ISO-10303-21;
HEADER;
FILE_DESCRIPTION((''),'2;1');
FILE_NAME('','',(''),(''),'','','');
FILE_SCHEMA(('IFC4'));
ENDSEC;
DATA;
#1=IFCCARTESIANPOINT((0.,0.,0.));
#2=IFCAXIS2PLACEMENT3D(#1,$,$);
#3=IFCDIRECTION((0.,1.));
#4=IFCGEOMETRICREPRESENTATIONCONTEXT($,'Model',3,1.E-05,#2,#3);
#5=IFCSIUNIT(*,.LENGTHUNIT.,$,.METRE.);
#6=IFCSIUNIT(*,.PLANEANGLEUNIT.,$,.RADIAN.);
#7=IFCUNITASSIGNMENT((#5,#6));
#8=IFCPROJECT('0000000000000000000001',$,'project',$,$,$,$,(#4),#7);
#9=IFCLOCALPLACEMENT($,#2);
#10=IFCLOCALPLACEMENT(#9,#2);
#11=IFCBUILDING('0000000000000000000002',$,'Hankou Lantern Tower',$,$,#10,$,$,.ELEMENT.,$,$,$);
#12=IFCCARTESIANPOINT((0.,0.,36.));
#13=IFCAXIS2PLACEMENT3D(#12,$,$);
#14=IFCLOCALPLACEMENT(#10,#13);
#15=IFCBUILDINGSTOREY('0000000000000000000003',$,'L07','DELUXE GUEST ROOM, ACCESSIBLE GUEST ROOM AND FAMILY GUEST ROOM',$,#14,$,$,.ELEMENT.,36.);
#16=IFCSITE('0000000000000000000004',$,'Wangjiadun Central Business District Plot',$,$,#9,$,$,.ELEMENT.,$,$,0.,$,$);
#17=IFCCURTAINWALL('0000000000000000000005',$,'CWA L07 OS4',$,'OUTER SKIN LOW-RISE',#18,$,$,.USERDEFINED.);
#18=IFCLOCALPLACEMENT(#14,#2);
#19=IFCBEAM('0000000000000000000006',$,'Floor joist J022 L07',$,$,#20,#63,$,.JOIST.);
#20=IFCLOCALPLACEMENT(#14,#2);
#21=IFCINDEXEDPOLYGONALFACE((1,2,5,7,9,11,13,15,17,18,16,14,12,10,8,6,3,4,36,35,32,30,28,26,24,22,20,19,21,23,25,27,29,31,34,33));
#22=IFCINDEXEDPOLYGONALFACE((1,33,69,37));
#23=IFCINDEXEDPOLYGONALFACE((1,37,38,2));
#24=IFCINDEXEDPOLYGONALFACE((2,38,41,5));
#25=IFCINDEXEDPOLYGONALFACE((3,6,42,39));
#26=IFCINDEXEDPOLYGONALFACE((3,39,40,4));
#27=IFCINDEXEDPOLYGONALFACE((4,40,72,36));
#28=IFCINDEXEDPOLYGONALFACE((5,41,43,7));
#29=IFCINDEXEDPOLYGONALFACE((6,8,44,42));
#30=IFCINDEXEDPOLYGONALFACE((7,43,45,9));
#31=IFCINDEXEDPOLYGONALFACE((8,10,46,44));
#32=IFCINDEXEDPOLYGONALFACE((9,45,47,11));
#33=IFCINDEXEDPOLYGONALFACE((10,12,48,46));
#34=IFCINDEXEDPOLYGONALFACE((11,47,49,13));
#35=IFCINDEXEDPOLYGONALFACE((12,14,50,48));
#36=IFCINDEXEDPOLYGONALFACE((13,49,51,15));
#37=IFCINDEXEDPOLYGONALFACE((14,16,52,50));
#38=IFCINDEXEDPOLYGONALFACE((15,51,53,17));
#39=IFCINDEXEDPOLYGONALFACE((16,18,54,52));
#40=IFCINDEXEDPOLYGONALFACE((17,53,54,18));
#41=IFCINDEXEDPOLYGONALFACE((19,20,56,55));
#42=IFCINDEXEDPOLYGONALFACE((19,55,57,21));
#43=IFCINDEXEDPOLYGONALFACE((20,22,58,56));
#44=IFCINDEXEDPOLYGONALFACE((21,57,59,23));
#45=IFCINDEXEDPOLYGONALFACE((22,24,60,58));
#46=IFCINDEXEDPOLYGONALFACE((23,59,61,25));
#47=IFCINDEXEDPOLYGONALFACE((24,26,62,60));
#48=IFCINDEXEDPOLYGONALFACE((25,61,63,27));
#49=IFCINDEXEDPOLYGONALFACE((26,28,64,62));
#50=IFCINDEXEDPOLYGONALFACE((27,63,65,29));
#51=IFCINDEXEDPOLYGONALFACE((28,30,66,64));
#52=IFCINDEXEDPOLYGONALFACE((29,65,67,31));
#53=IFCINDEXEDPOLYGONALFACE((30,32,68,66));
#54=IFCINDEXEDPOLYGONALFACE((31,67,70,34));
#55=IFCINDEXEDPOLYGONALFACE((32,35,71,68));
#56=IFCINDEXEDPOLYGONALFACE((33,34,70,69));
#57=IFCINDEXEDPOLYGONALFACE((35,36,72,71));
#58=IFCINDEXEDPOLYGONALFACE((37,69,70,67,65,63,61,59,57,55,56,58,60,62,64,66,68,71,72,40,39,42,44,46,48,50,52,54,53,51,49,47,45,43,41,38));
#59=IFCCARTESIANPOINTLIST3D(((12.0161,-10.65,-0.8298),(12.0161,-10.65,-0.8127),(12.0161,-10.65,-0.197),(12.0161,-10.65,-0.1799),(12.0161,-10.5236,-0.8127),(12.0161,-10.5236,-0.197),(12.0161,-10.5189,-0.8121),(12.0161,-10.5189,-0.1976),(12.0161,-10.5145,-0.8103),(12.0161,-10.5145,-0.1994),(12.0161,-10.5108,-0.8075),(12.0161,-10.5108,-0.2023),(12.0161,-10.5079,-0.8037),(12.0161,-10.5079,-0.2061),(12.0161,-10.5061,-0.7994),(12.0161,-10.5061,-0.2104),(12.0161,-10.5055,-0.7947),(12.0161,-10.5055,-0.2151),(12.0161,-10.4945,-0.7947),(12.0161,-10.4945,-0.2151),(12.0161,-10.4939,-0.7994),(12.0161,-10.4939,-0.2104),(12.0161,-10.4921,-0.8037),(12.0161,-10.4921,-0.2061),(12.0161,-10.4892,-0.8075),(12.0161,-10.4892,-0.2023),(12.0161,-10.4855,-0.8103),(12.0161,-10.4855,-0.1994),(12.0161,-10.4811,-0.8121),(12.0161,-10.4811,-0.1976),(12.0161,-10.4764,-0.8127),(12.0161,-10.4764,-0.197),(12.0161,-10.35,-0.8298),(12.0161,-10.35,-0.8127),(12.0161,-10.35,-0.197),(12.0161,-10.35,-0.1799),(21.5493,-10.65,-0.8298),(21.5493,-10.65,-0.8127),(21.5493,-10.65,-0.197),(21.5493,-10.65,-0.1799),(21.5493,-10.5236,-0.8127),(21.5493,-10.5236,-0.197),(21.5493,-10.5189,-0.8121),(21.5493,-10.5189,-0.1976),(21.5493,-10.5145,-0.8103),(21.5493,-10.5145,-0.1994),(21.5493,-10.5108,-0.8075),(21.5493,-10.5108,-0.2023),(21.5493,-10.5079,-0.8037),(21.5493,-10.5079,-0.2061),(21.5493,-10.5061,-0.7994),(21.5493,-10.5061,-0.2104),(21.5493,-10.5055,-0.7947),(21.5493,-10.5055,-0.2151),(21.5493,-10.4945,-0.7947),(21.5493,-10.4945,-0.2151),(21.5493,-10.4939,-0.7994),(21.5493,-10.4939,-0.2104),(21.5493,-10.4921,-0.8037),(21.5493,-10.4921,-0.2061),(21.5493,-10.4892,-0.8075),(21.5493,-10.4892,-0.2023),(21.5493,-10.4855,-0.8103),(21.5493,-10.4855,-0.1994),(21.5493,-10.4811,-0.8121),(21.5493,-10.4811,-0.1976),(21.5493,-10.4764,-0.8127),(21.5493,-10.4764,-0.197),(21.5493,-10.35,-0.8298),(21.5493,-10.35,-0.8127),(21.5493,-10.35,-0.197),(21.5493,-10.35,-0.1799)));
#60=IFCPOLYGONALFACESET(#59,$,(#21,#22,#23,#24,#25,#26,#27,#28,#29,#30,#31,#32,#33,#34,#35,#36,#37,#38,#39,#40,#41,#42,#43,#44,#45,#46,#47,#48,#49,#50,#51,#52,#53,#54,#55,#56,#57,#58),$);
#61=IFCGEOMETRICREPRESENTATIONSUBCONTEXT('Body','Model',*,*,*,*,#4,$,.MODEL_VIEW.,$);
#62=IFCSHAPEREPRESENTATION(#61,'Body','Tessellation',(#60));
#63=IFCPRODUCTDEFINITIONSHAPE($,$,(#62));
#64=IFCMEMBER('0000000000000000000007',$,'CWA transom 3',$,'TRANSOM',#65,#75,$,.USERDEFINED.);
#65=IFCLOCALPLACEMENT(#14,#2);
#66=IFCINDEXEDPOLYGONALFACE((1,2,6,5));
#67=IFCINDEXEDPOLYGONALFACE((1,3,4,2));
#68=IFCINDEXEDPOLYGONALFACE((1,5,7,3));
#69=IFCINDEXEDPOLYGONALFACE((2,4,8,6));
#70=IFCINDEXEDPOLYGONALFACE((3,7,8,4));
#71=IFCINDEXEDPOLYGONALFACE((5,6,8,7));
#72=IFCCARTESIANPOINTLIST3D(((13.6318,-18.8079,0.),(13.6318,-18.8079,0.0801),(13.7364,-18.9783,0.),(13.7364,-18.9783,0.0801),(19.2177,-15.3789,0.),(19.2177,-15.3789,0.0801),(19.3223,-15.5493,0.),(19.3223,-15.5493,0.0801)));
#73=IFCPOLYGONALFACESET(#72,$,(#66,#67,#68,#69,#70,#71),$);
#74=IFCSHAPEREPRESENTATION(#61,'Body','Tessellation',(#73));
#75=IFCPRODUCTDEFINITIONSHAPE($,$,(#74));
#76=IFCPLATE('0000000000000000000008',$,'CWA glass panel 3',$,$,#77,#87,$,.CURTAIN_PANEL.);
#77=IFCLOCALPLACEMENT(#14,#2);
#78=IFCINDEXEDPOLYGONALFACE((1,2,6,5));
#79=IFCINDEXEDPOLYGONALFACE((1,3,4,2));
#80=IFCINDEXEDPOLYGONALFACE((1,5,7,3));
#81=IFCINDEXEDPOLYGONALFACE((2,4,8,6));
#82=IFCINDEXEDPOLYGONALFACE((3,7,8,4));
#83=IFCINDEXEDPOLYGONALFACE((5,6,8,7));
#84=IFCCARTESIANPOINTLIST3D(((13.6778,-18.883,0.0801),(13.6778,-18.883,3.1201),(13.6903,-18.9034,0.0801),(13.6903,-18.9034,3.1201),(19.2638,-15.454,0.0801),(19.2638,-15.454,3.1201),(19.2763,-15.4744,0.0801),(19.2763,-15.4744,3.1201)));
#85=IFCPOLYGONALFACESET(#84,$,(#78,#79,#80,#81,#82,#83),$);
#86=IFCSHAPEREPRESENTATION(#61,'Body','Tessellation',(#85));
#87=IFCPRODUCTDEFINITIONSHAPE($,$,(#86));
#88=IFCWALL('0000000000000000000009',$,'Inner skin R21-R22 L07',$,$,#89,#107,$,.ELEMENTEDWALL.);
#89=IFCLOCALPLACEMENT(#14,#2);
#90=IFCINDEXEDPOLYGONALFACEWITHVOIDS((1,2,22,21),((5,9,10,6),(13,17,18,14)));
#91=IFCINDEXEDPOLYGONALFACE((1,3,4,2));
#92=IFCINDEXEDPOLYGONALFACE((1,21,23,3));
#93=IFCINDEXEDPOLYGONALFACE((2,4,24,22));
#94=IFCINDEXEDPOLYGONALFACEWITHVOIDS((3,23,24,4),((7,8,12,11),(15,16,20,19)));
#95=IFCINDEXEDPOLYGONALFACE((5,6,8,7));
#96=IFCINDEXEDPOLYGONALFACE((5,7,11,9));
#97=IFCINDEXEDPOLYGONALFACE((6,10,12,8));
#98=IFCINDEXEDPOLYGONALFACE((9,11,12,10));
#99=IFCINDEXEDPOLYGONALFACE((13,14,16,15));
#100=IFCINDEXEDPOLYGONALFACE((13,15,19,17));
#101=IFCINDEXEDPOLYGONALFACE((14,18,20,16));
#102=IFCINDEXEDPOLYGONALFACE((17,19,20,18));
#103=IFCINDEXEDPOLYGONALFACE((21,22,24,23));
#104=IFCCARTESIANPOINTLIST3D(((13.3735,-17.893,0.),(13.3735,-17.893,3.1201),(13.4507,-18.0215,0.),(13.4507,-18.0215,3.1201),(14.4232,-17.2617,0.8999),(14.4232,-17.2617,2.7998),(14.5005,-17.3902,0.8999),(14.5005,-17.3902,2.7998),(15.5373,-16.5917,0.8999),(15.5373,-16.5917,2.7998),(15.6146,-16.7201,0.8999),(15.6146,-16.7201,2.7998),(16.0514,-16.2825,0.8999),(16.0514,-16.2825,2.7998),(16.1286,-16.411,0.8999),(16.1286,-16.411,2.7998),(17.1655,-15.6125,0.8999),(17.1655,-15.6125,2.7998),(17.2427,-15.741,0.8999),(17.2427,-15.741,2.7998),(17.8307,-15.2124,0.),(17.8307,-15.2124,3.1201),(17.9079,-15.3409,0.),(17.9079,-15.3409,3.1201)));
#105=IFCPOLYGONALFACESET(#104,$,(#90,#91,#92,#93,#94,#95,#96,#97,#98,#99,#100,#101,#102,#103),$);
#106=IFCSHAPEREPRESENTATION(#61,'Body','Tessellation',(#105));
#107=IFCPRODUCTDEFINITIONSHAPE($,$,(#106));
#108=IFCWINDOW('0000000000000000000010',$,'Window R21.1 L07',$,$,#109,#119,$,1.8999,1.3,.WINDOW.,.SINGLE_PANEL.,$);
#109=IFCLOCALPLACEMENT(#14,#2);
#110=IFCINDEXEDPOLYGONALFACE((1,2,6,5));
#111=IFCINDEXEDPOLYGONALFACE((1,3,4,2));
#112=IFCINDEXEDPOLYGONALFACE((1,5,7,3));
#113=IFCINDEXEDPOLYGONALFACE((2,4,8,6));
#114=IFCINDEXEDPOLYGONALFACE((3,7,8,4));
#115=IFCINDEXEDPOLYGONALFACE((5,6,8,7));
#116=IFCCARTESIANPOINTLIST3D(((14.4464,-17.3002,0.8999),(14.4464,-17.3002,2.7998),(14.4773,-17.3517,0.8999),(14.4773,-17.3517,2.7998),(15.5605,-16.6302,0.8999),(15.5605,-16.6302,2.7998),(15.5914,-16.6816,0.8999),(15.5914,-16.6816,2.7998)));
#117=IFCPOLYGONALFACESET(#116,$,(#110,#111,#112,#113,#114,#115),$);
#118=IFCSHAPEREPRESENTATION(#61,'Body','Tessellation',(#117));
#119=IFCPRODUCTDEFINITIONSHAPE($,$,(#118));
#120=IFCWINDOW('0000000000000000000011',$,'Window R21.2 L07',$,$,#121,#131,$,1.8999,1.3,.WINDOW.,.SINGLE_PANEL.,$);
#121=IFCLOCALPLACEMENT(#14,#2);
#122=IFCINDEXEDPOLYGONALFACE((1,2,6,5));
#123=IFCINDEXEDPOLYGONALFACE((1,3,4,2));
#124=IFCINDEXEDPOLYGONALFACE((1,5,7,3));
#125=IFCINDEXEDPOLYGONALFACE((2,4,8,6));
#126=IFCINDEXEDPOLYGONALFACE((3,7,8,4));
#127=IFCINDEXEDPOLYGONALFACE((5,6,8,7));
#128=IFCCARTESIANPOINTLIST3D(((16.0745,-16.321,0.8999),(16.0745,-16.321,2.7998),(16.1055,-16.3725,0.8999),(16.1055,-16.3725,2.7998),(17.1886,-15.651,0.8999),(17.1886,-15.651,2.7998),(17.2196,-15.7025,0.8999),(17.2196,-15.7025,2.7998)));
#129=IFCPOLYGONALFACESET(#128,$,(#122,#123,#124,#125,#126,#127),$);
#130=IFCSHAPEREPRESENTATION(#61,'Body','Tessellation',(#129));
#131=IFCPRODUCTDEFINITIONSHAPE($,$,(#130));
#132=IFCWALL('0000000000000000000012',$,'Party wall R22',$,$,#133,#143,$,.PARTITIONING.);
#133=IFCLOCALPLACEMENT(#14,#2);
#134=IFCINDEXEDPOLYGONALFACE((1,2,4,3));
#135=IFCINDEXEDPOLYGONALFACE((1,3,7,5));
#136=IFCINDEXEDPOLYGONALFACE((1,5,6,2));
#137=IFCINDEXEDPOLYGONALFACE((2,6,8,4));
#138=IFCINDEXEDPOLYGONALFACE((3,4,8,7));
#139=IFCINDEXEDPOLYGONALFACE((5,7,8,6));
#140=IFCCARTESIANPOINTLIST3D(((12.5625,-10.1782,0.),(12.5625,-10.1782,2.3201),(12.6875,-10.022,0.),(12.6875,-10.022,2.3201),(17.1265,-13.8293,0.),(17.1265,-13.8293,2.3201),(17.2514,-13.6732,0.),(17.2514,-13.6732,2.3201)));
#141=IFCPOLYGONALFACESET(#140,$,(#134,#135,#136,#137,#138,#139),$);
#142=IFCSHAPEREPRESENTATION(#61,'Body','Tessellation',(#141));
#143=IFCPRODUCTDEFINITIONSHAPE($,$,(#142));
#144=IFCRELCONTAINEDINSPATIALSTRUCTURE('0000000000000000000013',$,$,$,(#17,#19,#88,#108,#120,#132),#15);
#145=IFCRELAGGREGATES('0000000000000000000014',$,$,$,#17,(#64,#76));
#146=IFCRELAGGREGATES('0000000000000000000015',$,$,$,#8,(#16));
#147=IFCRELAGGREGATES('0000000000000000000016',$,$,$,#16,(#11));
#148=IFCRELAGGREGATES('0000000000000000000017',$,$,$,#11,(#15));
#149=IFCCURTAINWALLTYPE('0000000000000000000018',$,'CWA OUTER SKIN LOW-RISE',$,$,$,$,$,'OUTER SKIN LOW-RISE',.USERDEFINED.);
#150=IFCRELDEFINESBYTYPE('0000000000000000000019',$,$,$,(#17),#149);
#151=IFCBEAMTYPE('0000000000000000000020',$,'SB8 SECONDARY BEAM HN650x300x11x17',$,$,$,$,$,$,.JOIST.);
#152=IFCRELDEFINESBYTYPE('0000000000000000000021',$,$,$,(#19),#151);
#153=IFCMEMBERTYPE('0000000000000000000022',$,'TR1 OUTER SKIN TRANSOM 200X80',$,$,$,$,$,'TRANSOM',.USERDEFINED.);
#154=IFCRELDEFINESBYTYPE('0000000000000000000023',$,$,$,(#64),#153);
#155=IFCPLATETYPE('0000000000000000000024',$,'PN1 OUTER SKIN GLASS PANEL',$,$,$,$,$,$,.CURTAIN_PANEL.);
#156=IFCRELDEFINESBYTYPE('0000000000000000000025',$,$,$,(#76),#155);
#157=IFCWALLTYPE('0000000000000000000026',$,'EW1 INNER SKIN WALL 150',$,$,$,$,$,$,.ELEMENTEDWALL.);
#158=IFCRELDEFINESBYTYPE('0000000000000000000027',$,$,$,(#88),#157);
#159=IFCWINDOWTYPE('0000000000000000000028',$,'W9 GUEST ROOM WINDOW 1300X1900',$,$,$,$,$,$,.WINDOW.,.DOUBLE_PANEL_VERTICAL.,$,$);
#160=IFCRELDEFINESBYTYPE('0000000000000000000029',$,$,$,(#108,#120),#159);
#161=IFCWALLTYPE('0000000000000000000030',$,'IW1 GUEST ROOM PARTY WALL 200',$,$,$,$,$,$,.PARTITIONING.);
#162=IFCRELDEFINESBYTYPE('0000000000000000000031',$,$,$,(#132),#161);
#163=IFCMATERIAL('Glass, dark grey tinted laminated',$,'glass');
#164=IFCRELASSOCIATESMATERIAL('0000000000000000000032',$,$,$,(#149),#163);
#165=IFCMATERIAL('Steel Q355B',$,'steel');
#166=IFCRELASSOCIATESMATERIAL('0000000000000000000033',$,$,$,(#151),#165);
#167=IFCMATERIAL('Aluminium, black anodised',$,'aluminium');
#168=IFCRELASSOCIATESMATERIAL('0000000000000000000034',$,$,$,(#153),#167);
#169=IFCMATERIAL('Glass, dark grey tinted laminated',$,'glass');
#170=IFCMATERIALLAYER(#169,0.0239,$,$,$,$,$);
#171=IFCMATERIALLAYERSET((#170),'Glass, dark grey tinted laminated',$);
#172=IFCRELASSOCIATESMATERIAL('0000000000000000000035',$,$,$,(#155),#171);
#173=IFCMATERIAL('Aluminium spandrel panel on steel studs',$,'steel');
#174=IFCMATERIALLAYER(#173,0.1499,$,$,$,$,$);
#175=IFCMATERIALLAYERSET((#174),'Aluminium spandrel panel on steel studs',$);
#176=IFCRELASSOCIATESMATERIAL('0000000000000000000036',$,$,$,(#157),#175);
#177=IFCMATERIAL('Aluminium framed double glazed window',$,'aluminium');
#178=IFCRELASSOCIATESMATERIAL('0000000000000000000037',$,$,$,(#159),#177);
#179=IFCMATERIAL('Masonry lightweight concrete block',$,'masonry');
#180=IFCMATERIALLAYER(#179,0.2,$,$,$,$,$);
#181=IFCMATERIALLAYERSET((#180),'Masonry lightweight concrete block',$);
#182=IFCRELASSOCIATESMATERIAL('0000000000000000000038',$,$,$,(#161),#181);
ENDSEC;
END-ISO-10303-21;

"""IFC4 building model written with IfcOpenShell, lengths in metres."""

from ifc_helpers import new_model, si_unit, direction, frame, frame_2d, origin, origin_2d, place, context, subcontext, project, spatial, rectangle, i_section, extrude, material, layer, layer_set, material_profile, profile_set, type_object, element, fill, aggregate, save


model = new_model("IFC4")

# Units and contexts
model_context = context("Model", 3, precision=1e-05, world=origin(), true_north=direction((0.0, 1.0)))
body_context = subcontext(model_context, "Body", "Model", "MODEL_VIEW")
ifc_project = project(units=[si_unit("LENGTHUNIT", "METRE"), si_unit("PLANEANGLEUNIT", "RADIAN")], contexts=[model_context])

# Site, building, storey
site_placement = place(None, origin())
site = spatial("IfcSite", under=ifc_project, at=site_placement, Name="Wangjiadun Central Business District Plot", CompositionType="ELEMENT", RefElevation=0.0)
building_placement = place(site_placement, origin())
building = spatial("IfcBuilding", under=site, at=building_placement, Name="Hankou Lantern Tower", CompositionType="ELEMENT")
storey_placement = place(building_placement, frame((0.0, 0.0, 36.0)))
storey = spatial("IfcBuildingStorey", under=building, at=storey_placement, Name="L07", Description="DELUXE GUEST ROOM, ACCESSIBLE GUEST ROOM AND FAMILY GUEST ROOM", CompositionType="ELEMENT", Elevation=36.0)

# Curtain wall
ifc_material_1 = material(Name="Glass, dark grey tinted laminated", Category="glass")
curtain_wall_type = type_object("IfcCurtainWallType", Name="CWA OUTER SKIN LOW-RISE", ElementType="OUTER SKIN LOW-RISE", PredefinedType="USERDEFINED", material=ifc_material_1)
curtain_wall_placement = place(storey_placement, origin())
curtain_wall = element("IfcCurtainWall", 1, at=curtain_wall_placement, inside=storey, type_object=curtain_wall_type, Name="CWA L07 OS4", ObjectType="OUTER SKIN LOW-RISE", PredefinedType="USERDEFINED")

# Beam
ifc_material_2 = material(Name="Steel Q355B", Category="steel")
ifc_material_profile_1 = material_profile(ifc_material_2, i_section(OverallWidth=0.3, OverallDepth=0.6499, WebThickness=0.011, FlangeThickness=0.0171, FilletRadius=0.0181, at=origin_2d()), Name="HN650x300x11x17")
ifc_profile_set_1 = profile_set([ifc_material_profile_1], Name="Steel Q355B")
beam_type_1 = type_object("IfcBeamType", Name="SB8 SECONDARY BEAM HN650x300x11x17", PredefinedType="JOIST", material=ifc_profile_set_1)
beam_1_placement = place(storey_placement, frame((12.0161, -10.5, -0.5049), z_axis=(1.0, 0.0, 0.0), x_axis=(0.0, 1.0, 0.0)))
element("IfcBeam", 2, at=beam_1_placement, inside=storey, type_object=beam_type_1, Name="Floor joist J022 L07", PredefinedType="JOIST", context=body_context, shape_type="SweptSolid", body=[
    extrude(i_section(OverallWidth=0.3, OverallDepth=0.6499, WebThickness=0.011, FlangeThickness=0.0171, FilletRadius=0.0181, at=origin_2d()), origin(), (0.0, 0.0, 1.0), 9.5332),
])

# Member
ifc_material_3 = material(Name="Aluminium, black anodised", Category="aluminium")
ifc_material_profile_2 = material_profile(ifc_material_3, rectangle(XDim=0.2, YDim=0.0801, at=origin_2d()), Name="TR1 200X80")
ifc_profile_set_2 = profile_set([ifc_material_profile_2], Name="Aluminium, black anodised")
member_type_1 = type_object("IfcMemberType", Name="TR1 OUTER SKIN TRANSOM 200X80", ElementType="TRANSOM", PredefinedType="USERDEFINED", material=ifc_profile_set_2)
member_1_placement = place(storey_placement, frame((13.6841, -18.8931, 0.04), z_axis=(0.85224, 0.523152, 0.0), x_axis=(-0.523152, 0.85224, 0.0)))
member_1 = element("IfcMember", 3, at=member_1_placement, type_object=member_type_1, Name="CWA transom 3", ObjectType="TRANSOM", PredefinedType="USERDEFINED", context=body_context, shape_type="SweptSolid", body=[
    extrude(rectangle(XDim=0.2, YDim=0.0801, at=origin_2d()), origin(), (0.0, 0.0, 1.0), 6.5544),
])

# Plate
ifc_material_4 = material(Name="Glass, dark grey tinted laminated", Category="glass")
ifc_layer_1 = layer(ifc_material_4, 0.0239)
ifc_layer_set_1 = layer_set([ifc_layer_1], Name="Glass, dark grey tinted laminated")
plate_type = type_object("IfcPlateType", Name="PN1 OUTER SKIN GLASS PANEL", PredefinedType="CURTAIN_PANEL", material=ifc_layer_set_1)
plate_placement = place(storey_placement, frame((16.4771, -17.1787, 0.0801), z_axis=(0.0, 0.0, 1.0), x_axis=(0.852237, 0.523156, 0.0)))
plate = element("IfcPlate", 4, at=plate_placement, type_object=plate_type, Name="CWA glass panel 3", PredefinedType="CURTAIN_PANEL", context=body_context, shape_type="SweptSolid", body=[
    extrude(rectangle(XDim=6.5544, YDim=0.0239, at=origin_2d()), origin(), (0.0, 0.0, 1.0), 3.04),
])
aggregate(curtain_wall, [member_1, plate])

# Wall, openings, windows
ifc_material_5 = material(Name="Aluminium spandrel panel on steel studs", Category="steel")
ifc_layer_2 = layer(ifc_material_5, 0.1499)
ifc_layer_set_2 = layer_set([ifc_layer_2], Name="Aluminium spandrel panel on steel studs")
wall_type_1 = type_object("IfcWallType", Name="EW1 INNER SKIN WALL 150", PredefinedType="ELEMENTEDWALL", material=ifc_layer_set_2)
wall_1_placement = place(storey_placement, frame((13.4121, -17.9573, 0.0), z_axis=(0.0, 0.0, 1.0), x_axis=(0.856958, 0.515386, 0.0)))
wall_1 = element("IfcWall", 5, at=wall_1_placement, inside=storey, type_object=wall_type_1, Name="Inner skin R21-R22 L07", PredefinedType="ELEMENTEDWALL", context=body_context, shape_type="SweptSolid", body=[
    extrude(rectangle(XDim=5.2012, YDim=0.1499, at=frame_2d((2.6006, 0.0))), origin(), (0.0, 0.0, 1.0), 3.1201),
])
opening_1_placement = place(wall_1_placement, frame((1.2251, 0.0, 0.8999)))
opening_1 = element("IfcOpeningElement", 6, at=opening_1_placement, cuts=wall_1, PredefinedType="OPENING", context=body_context, shape_type="SweptSolid", body=[
    extrude(rectangle(XDim=1.3, YDim=1.8999, at=frame_2d((0.6499, 0.95))), frame((0.0, 0.085, 0.0), z_axis=(0.0, -1.0, 0.0), x_axis=(1.0, 0.0, 0.0)), (0.0, 0.0, 1.0), 0.1699),
])
opening_2_placement = place(wall_1_placement, frame((3.125, 0.0, 0.8999)))
opening_2 = element("IfcOpeningElement", 7, at=opening_2_placement, cuts=wall_1, PredefinedType="OPENING", context=body_context, shape_type="SweptSolid", body=[
    extrude(rectangle(XDim=1.3, YDim=1.8999, at=frame_2d((0.6499, 0.95))), frame((0.0, 0.085, 0.0), z_axis=(0.0, -1.0, 0.0), x_axis=(1.0, 0.0, 0.0)), (0.0, 0.0, 1.0), 0.1699),
])
ifc_material_6 = material(Name="Aluminium framed double glazed window", Category="aluminium")
window_type = type_object("IfcWindowType", Name="W9 GUEST ROOM WINDOW 1300X1900", PartitioningType="DOUBLE_PANEL_VERTICAL", PredefinedType="WINDOW", material=ifc_material_6)
window_1_placement = place(opening_1_placement, origin())
window_1 = element("IfcWindow", 8, at=window_1_placement, inside=storey, type_object=window_type, Name="Window R21.1 L07", OverallHeight=1.8999, OverallWidth=1.3, PartitioningType="SINGLE_PANEL", PredefinedType="WINDOW", context=body_context, shape_type="SweptSolid", body=[
    extrude(rectangle(XDim=1.3, YDim=1.8999, at=frame_2d((0.6499, 0.95))), frame((0.0, 0.03, 0.0), z_axis=(0.0, -1.0, 0.0), x_axis=(1.0, 0.0, 0.0)), (0.0, 0.0, 1.0), 0.0601),
])
fill(opening_1, window_1)
window_2_placement = place(opening_2_placement, origin())
window_2 = element("IfcWindow", 9, at=window_2_placement, inside=storey, type_object=window_type, Name="Window R21.2 L07", OverallHeight=1.8999, OverallWidth=1.3, PartitioningType="SINGLE_PANEL", PredefinedType="WINDOW", context=body_context, shape_type="SweptSolid", body=[
    extrude(rectangle(XDim=1.3, YDim=1.8999, at=frame_2d((0.6499, 0.95))), frame((0.0, 0.03, 0.0), z_axis=(0.0, -1.0, 0.0), x_axis=(1.0, 0.0, 0.0)), (0.0, 0.0, 1.0), 0.0601),
])
fill(opening_2, window_2)

# Wall
ifc_material_7 = material(Name="Masonry lightweight concrete block", Category="masonry")
ifc_layer_3 = layer(ifc_material_7, 0.2)
ifc_layer_set_3 = layer_set([ifc_layer_3], Name="Masonry lightweight concrete block")
wall_type_2 = type_object("IfcWallType", Name="IW1 GUEST ROOM PARTY WALL 200", PredefinedType="PARTITIONING", material=ifc_layer_set_3)
wall_2_placement = place(storey_placement, frame((12.625, -10.1001, 0.0), z_axis=(0.0, 0.0, 1.0), x_axis=(0.780873, -0.62469, 0.0)))
element("IfcWall", 10, at=wall_2_placement, inside=storey, type_object=wall_type_2, Name="Party wall R22", PredefinedType="PARTITIONING", context=body_context, shape_type="SweptSolid", body=[
    extrude(rectangle(XDim=5.8447, YDim=0.2, at=frame_2d((2.9224, 0.0))), origin(), (0.0, 0.0, 1.0), 2.3201),
])

save(model, "model.ifc")
